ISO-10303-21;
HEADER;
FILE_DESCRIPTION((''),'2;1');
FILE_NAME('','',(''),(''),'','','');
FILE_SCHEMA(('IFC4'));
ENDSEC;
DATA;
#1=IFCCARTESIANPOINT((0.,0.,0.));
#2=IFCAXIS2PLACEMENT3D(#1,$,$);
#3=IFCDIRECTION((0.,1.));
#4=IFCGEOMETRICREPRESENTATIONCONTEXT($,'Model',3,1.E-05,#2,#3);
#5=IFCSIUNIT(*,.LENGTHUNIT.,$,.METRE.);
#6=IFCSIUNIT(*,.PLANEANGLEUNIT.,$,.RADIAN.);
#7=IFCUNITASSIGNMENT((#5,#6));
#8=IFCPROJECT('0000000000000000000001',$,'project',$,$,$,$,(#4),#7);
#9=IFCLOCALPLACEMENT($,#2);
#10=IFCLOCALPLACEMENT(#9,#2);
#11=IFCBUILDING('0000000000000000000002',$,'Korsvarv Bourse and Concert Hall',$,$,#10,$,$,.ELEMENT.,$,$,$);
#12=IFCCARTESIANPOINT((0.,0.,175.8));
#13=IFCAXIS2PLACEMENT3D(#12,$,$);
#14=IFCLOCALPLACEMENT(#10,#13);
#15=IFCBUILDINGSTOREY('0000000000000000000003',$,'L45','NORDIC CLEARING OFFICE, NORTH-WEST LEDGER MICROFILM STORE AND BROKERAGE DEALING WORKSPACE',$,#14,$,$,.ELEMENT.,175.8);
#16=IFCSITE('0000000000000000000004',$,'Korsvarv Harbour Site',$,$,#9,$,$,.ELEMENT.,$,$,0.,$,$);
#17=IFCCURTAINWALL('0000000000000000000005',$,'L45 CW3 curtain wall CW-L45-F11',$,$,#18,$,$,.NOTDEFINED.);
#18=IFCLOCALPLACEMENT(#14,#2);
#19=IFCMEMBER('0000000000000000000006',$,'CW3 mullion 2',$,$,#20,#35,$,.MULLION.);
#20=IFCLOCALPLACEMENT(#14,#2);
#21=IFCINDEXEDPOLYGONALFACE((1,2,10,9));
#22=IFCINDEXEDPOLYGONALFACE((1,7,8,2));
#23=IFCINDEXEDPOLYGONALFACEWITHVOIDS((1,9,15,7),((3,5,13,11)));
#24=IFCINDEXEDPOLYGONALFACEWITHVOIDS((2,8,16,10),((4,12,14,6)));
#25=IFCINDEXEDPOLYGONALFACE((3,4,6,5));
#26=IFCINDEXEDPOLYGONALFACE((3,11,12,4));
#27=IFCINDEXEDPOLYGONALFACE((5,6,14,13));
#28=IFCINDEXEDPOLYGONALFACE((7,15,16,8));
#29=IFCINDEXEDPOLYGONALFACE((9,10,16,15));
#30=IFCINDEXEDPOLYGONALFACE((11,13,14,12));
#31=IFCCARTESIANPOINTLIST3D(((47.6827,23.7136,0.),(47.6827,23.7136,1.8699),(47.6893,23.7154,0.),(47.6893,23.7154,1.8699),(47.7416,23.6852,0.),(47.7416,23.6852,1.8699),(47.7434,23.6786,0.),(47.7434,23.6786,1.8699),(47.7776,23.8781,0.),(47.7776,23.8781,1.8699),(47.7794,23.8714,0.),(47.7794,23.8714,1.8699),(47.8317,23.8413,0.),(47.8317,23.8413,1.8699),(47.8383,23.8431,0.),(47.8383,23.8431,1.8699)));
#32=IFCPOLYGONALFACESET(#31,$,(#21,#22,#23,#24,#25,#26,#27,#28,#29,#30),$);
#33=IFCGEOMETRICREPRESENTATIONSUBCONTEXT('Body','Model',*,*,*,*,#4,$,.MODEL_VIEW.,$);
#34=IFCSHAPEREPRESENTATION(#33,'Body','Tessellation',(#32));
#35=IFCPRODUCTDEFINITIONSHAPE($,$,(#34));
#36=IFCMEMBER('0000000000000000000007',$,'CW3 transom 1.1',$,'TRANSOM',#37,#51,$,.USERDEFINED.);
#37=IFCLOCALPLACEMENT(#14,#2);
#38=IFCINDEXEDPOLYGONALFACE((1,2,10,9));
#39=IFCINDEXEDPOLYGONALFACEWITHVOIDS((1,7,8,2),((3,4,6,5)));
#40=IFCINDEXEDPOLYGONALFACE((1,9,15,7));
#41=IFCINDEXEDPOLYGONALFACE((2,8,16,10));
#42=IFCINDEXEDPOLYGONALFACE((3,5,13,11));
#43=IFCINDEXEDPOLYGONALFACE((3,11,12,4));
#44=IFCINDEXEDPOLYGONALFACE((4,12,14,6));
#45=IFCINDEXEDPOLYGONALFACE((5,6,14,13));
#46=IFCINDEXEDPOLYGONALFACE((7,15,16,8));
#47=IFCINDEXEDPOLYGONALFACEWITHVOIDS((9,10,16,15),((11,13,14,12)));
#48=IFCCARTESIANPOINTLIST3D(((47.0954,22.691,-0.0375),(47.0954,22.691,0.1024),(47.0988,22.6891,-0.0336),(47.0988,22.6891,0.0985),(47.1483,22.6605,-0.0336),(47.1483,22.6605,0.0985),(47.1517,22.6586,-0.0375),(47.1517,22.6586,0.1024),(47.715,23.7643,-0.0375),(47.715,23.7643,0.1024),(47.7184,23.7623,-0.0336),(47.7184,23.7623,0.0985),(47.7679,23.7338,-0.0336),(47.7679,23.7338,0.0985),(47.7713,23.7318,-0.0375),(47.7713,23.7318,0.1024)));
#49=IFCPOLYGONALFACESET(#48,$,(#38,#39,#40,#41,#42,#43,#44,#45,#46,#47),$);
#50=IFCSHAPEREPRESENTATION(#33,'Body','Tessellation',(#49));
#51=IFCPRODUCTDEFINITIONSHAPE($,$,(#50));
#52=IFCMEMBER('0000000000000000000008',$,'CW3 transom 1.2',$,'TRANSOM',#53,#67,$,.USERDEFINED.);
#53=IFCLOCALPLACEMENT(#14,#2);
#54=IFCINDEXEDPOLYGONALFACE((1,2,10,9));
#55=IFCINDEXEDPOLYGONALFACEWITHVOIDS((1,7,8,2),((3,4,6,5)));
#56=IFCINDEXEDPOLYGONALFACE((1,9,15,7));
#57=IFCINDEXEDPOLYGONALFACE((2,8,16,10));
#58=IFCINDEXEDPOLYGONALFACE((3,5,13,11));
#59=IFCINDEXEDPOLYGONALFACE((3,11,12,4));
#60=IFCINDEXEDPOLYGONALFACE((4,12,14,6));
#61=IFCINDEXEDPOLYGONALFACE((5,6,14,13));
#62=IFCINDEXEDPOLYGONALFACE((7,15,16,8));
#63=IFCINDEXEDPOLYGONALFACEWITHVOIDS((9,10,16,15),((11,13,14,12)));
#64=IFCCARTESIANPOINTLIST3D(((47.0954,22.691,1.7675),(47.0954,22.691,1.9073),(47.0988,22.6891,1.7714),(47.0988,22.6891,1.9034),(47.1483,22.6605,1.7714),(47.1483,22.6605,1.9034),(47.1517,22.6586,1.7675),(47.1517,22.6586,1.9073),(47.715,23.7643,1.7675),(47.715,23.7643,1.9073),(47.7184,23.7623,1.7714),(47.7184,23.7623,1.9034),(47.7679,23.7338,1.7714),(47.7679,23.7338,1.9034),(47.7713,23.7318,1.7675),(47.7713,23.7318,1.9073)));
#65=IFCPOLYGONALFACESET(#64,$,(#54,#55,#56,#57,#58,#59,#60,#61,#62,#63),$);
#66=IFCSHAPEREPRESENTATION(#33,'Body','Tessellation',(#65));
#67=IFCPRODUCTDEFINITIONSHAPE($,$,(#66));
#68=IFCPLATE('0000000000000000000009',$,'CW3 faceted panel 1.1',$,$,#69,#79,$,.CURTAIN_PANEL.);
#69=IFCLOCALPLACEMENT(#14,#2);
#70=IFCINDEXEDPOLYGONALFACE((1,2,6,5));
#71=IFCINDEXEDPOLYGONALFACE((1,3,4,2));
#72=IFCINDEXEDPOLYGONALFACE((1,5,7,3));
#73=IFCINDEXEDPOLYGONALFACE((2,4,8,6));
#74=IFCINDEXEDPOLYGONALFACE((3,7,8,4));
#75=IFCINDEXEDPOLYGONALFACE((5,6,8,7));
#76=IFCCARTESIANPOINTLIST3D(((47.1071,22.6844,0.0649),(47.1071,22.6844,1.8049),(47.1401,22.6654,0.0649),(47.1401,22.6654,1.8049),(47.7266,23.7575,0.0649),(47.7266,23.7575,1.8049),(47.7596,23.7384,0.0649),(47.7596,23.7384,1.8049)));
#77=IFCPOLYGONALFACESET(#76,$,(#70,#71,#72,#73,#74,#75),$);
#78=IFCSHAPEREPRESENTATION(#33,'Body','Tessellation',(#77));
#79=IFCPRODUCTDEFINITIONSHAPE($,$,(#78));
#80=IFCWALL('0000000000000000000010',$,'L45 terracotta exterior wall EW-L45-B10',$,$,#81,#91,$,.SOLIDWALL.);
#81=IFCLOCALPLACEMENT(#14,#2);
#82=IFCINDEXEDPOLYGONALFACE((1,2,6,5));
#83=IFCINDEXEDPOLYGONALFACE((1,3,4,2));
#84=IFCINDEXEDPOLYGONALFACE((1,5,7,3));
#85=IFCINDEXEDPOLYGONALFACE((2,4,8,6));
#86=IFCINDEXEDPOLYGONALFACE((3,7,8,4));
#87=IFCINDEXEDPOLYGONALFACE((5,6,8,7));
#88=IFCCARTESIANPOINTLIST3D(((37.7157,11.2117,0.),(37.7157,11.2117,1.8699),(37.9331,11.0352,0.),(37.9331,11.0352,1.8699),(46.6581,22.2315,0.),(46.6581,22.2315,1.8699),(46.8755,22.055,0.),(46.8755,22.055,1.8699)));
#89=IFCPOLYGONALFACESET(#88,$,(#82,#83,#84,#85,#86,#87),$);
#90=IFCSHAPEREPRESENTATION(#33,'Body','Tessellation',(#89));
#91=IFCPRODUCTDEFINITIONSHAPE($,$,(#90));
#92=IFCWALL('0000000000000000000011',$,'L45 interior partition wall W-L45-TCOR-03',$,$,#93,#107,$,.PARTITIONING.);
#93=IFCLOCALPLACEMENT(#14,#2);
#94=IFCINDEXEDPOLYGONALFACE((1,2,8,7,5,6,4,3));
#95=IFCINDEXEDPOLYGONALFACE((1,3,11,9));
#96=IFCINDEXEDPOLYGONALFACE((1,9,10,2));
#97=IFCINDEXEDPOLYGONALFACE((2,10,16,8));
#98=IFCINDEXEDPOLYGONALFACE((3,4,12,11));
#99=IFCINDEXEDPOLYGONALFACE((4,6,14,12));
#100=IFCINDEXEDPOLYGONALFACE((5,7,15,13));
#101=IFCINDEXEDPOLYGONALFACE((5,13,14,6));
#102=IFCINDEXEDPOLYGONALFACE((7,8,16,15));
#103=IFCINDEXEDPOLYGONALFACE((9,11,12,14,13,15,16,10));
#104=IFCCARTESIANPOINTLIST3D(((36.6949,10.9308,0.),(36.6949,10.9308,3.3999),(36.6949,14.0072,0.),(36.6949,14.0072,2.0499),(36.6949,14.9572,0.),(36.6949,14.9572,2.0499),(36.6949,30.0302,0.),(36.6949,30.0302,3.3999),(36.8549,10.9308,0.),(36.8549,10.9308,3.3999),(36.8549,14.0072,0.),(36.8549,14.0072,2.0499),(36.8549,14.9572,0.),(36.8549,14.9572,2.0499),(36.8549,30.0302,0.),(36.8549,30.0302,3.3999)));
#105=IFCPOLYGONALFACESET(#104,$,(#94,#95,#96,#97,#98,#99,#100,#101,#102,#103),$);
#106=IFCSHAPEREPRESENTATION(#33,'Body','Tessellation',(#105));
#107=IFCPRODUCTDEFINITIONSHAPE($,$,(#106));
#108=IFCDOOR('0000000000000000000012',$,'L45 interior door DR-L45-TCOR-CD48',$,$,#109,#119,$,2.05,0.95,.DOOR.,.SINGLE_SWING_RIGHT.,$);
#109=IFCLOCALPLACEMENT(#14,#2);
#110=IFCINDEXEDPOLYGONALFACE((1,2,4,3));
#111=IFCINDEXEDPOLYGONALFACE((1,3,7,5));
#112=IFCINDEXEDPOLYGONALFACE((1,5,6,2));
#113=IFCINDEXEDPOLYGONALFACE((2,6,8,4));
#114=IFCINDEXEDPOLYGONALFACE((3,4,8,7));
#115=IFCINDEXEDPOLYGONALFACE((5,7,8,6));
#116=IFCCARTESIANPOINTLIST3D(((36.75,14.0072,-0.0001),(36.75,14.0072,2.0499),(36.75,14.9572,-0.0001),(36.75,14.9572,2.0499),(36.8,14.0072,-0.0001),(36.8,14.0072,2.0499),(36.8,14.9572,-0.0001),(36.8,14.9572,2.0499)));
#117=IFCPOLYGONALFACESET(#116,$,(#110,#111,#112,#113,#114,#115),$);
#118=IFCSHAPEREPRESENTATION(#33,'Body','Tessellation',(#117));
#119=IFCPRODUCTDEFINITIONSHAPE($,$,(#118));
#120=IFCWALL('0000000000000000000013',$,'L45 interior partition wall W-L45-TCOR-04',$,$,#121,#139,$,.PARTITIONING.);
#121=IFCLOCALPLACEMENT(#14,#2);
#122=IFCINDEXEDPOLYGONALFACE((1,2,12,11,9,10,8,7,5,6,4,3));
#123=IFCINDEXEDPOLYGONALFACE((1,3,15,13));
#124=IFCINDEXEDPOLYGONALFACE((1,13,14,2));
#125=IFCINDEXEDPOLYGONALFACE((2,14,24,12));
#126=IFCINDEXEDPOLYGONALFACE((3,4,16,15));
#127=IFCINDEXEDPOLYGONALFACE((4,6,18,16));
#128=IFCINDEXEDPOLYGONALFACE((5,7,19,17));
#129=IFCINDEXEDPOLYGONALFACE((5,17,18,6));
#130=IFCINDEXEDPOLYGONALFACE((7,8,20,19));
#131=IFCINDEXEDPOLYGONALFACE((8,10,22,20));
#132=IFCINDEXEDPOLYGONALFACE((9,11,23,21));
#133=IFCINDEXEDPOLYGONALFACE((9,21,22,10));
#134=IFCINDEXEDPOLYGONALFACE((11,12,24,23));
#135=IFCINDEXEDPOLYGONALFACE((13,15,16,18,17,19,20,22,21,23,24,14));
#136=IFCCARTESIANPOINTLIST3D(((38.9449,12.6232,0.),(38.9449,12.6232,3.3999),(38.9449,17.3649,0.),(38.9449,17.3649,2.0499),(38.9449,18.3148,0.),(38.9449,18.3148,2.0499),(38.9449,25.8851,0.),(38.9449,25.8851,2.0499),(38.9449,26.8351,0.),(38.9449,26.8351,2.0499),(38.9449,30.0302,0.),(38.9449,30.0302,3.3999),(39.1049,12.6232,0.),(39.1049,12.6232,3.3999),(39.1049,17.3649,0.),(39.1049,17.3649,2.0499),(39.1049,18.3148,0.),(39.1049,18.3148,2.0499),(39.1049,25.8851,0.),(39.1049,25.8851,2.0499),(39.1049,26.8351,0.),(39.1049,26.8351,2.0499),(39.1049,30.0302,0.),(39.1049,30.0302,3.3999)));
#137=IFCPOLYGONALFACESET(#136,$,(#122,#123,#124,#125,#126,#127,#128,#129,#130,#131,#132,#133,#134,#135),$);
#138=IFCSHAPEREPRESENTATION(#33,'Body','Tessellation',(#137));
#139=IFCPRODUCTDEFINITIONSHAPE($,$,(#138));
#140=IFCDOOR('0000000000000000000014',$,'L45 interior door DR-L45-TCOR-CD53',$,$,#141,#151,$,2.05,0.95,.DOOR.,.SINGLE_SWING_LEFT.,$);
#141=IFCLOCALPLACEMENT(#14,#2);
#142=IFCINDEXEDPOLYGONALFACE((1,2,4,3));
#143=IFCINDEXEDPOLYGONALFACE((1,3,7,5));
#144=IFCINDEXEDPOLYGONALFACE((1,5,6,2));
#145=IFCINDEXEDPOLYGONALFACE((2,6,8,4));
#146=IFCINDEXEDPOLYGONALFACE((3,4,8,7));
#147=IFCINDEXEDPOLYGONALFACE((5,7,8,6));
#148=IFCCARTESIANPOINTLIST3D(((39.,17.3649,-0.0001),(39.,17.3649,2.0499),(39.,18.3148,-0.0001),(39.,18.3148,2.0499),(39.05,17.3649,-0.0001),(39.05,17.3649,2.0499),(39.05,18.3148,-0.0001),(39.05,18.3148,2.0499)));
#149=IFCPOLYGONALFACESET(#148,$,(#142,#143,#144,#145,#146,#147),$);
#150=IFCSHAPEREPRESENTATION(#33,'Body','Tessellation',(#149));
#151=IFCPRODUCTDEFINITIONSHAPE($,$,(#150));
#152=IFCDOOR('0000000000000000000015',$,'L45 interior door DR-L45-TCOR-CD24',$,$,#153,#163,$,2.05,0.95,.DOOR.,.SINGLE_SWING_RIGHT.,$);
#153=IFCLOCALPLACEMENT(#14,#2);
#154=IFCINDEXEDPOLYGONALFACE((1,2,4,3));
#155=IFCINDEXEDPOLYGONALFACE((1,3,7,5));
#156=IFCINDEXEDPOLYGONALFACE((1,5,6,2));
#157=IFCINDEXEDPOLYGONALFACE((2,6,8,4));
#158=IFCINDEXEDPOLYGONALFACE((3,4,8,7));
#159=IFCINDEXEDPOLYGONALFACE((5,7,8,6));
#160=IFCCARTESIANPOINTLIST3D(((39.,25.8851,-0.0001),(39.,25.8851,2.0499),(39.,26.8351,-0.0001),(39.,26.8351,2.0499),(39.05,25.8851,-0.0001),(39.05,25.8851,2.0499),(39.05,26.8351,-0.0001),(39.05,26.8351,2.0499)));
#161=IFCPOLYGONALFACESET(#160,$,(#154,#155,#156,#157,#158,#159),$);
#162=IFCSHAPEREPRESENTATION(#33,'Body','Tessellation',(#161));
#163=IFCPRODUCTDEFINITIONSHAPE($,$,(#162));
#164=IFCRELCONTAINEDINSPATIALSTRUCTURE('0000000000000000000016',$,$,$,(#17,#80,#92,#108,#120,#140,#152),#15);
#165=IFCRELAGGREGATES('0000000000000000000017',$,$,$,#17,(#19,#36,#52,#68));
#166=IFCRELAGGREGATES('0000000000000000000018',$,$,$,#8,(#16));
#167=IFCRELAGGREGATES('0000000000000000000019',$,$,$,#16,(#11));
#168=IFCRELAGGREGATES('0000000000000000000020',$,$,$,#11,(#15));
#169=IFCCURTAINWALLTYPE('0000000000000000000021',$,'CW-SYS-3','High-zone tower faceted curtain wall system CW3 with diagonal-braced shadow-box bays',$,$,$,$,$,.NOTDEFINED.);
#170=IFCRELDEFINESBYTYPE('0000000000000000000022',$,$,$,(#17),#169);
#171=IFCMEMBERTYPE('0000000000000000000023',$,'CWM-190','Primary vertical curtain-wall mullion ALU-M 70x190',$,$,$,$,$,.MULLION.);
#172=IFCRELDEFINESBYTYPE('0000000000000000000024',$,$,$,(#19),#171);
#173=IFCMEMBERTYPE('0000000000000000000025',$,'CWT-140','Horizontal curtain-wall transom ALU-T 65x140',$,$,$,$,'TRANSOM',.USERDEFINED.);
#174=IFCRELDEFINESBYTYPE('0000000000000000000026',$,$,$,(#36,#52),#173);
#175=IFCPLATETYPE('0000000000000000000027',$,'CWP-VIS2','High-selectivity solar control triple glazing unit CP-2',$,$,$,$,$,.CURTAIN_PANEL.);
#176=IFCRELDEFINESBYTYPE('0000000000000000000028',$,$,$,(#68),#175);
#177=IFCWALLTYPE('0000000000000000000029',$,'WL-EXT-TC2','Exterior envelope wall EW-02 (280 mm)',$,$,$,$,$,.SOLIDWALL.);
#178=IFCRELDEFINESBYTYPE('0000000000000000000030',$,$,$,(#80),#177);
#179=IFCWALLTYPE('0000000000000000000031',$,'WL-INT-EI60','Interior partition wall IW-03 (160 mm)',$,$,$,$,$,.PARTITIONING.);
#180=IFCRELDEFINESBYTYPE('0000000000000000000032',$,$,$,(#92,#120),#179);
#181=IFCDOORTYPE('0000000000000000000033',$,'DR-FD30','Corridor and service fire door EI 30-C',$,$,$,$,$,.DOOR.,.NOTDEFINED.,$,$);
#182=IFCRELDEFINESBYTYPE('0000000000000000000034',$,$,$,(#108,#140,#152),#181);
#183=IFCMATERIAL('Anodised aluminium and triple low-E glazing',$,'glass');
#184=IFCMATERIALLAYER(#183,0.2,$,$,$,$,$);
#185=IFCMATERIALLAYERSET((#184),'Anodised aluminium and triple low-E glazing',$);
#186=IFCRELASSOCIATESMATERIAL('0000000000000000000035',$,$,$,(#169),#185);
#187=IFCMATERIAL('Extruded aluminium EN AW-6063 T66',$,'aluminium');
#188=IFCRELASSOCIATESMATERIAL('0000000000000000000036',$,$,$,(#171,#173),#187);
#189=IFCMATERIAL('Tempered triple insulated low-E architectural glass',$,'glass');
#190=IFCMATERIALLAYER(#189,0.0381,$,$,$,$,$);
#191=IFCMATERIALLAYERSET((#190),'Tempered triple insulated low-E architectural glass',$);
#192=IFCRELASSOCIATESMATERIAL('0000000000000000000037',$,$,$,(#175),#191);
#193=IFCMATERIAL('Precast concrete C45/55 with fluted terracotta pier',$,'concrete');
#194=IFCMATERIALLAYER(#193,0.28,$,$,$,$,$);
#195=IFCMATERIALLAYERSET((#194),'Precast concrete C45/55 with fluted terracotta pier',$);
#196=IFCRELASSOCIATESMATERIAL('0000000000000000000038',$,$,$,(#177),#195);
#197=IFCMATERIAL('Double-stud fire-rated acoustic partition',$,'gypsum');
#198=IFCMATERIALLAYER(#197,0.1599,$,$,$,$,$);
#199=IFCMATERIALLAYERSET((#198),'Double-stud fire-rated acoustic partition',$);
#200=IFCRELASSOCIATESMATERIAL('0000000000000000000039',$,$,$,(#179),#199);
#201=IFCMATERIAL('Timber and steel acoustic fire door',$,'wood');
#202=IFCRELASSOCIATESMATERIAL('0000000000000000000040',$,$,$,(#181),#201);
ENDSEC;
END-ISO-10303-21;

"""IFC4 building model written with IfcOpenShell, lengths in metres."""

from ifc_helpers import new_model, si_unit, direction, frame, frame_2d, origin, origin_2d, place, context, subcontext, project, spatial, rectangle, hollow_rectangle, extrude, source, transform, mapped, material, layer, layer_set, material_profile, profile_set, type_object, element, fill, aggregate, save


model = new_model("IFC4")

# Units and contexts
model_context = context("Model", 3, precision=1e-05, world=origin(), true_north=direction((0.0, 1.0)))
body_context = subcontext(model_context, "Body", "Model", "MODEL_VIEW")
ifc_project = project(units=[si_unit("LENGTHUNIT", "METRE"), si_unit("PLANEANGLEUNIT", "RADIAN")], contexts=[model_context])

# Site, building, storey
site_placement = place(None, origin())
site = spatial("IfcSite", under=ifc_project, at=site_placement, Name="Korsvarv Harbour Site", CompositionType="ELEMENT", RefElevation=0.0)
building_placement = place(site_placement, origin())
building = spatial("IfcBuilding", under=site, at=building_placement, Name="Korsvarv Bourse and Concert Hall", CompositionType="ELEMENT")
storey_placement = place(building_placement, frame((0.0, 0.0, 175.8)))
storey = spatial("IfcBuildingStorey", under=building, at=storey_placement, Name="L45", Description="NORDIC CLEARING OFFICE, NORTH-WEST LEDGER MICROFILM STORE AND BROKERAGE DEALING WORKSPACE", CompositionType="ELEMENT", Elevation=175.8)

# Curtain wall, members, plate
ifc_material_1 = material(Name="Anodised aluminium and triple low-E glazing", Category="glass")
ifc_layer_1 = layer(ifc_material_1, 0.2)
ifc_layer_set_1 = layer_set([ifc_layer_1], Name="Anodised aluminium and triple low-E glazing")
curtain_wall_type = type_object("IfcCurtainWallType", Name="CW-SYS-3", Description="High-zone tower faceted curtain wall system CW3 with diagonal-braced shadow-box bays", PredefinedType="NOTDEFINED", material=ifc_layer_set_1)
curtain_wall_placement = place(storey_placement, origin())
curtain_wall = element("IfcCurtainWall", 1, at=curtain_wall_placement, inside=storey, type_object=curtain_wall_type, Name="L45 CW3 curtain wall CW-L45-F11", PredefinedType="NOTDEFINED")
ifc_material_2 = material(Name="Extruded aluminium EN AW-6063 T66", Category="aluminium")
ifc_material_profile_1 = material_profile(ifc_material_2, hollow_rectangle(XDim=0.0701, YDim=0.1899, WallThickness=0.0049, at=origin_2d()), Name="ALU-M 70x190")
ifc_profile_set_1 = profile_set([ifc_material_profile_1], Name="Extruded aluminium EN AW-6063 T66")
member_type_1 = type_object("IfcMemberType", Name="CWM-190", Description="Primary vertical curtain-wall mullion ALU-M 70x190", PredefinedType="MULLION", material=ifc_profile_set_1)
shared_shape_1 = source(origin(), body_context, "Body", "SweptSolid", [
    extrude(hollow_rectangle(XDim=0.0701, YDim=0.1899, WallThickness=0.0049, at=origin_2d()), origin(), (0.0, 0.0, 1.0), 1.8699),
])
member_1_placement = place(storey_placement, frame((47.7605, 23.7783, 0.0), z_axis=(0.0, 0.0, 1.0), x_axis=(-0.866029, 0.499994, 0.0)))
member_1 = element("IfcMember", 2, at=member_1_placement, type_object=member_type_1, Name="CW3 mullion 2", PredefinedType="MULLION", context=body_context, shape_type="MappedRepresentation", body=[
    mapped(shared_shape_1, transform((0.0, 0.0, 0.0), scale=1.0)),
])
ifc_material_profile_2 = material_profile(ifc_material_2, hollow_rectangle(XDim=0.0649, YDim=0.1399, WallThickness=0.0039, at=origin_2d()), Name="ALU-T 65x140")
ifc_profile_set_2 = profile_set([ifc_material_profile_2], Name="Extruded aluminium EN AW-6063 T66")
member_type_2 = type_object("IfcMemberType", Name="CWT-140", Description="Horizontal curtain-wall transom ALU-T 65x140", ElementType="TRANSOM", PredefinedType="USERDEFINED", material=ifc_profile_set_2)
shared_shape_2 = source(origin(), body_context, "Body", "SweptSolid", [
    extrude(hollow_rectangle(XDim=0.0649, YDim=0.1399, WallThickness=0.0039, at=origin_2d()), origin(), (0.0, 0.0, 1.0), 1.2393),
])
member_2_placement = place(storey_placement, frame((47.1235, 22.6748, 0.0325), z_axis=(0.499995, 0.866028, 0.0), x_axis=(-0.866028, 0.499995, 0.0)))
member_2 = element("IfcMember", 3, at=member_2_placement, type_object=member_type_2, Name="CW3 transom 1.1", ObjectType="TRANSOM", PredefinedType="USERDEFINED", context=body_context, shape_type="MappedRepresentation", body=[
    mapped(shared_shape_2, transform((0.0, 0.0, 0.0), scale=1.0)),
])
member_3_placement = place(storey_placement, frame((47.1235, 22.6748, 1.8374), z_axis=(0.499995, 0.866028, 0.0), x_axis=(-0.866028, 0.499995, 0.0)))
member_3 = element("IfcMember", 4, at=member_3_placement, type_object=member_type_2, Name="CW3 transom 1.2", ObjectType="TRANSOM", PredefinedType="USERDEFINED", context=body_context, shape_type="MappedRepresentation", body=[
    mapped(shared_shape_2, transform((0.0, 0.0, 0.0), scale=1.0)),
])
ifc_material_3 = material(Name="Tempered triple insulated low-E architectural glass", Category="glass")
ifc_layer_2 = layer(ifc_material_3, 0.0381)
ifc_layer_set_2 = layer_set([ifc_layer_2], Name="Tempered triple insulated low-E architectural glass")
plate_type = type_object("IfcPlateType", Name="CWP-VIS2", Description="High-selectivity solar control triple glazing unit CP-2", PredefinedType="CURTAIN_PANEL", material=ifc_layer_set_2)
shared_shape_3 = source(origin(), body_context, "Body", "SweptSolid", [
    extrude(rectangle(XDim=1.239, YDim=0.0381, at=origin_2d()), origin(), (0.0, 0.0, 1.0), 1.74),
])
plate_placement = place(storey_placement, frame((47.4333, 23.2114, 0.0649), z_axis=(0.0, 0.0, 1.0), x_axis=(0.499994, 0.866029, 0.0)))
plate = element("IfcPlate", 5, at=plate_placement, type_object=plate_type, Name="CW3 faceted panel 1.1", PredefinedType="CURTAIN_PANEL", context=body_context, shape_type="MappedRepresentation", body=[
    mapped(shared_shape_3, transform((0.0, 0.0, 0.0), scale=1.0)),
])
aggregate(curtain_wall, [member_1, member_2, member_3, plate])

# Wall
ifc_material_4 = material(Name="Precast concrete C45/55 with fluted terracotta pier", Category="concrete")
ifc_layer_3 = layer(ifc_material_4, 0.28)
ifc_layer_set_3 = layer_set([ifc_layer_3], Name="Precast concrete C45/55 with fluted terracotta pier")
wall_type_1 = type_object("IfcWallType", Name="WL-EXT-TC2", Description="Exterior envelope wall EW-02 (280 mm)", PredefinedType="SOLIDWALL", material=ifc_layer_set_3)
wall_1_placement = place(storey_placement, frame((37.8245, 11.1235, 0.0), z_axis=(0.0, 0.0, 1.0), x_axis=(0.630118, 0.7765, 0.0)))
element("IfcWall", 6, at=wall_1_placement, inside=storey, type_object=wall_type_1, Name="L45 terracotta exterior wall EW-L45-B10", PredefinedType="SOLIDWALL", context=body_context, shape_type="SweptSolid", body=[
    extrude(rectangle(XDim=14.1917, YDim=0.28, at=frame_2d((7.0957, 0.0))), origin(), (0.0, 0.0, 1.0), 1.8699),
])

# Wall, opening, door
ifc_material_5 = material(Name="Double-stud fire-rated acoustic partition", Category="gypsum")
ifc_layer_4 = layer(ifc_material_5, 0.1599)
ifc_layer_set_4 = layer_set([ifc_layer_4], Name="Double-stud fire-rated acoustic partition")
wall_type_2 = type_object("IfcWallType", Name="WL-INT-EI60", Description="Interior partition wall IW-03 (160 mm)", PredefinedType="PARTITIONING", material=ifc_layer_set_4)
wall_2_placement = place(storey_placement, frame((36.7749, 10.9307, 0.0), z_axis=(0.0, 0.0, 1.0), x_axis=(0.0, 1.0, 0.0)))
wall_2 = element("IfcWall", 7, at=wall_2_placement, inside=storey, type_object=wall_type_2, Name="L45 interior partition wall W-L45-TCOR-03", PredefinedType="PARTITIONING", context=body_context, shape_type="SweptSolid", body=[
    extrude(rectangle(XDim=19.0994, YDim=0.1599, at=frame_2d((9.5498, 0.0))), origin(), (0.0, 0.0, 1.0), 3.3999),
])
opening_1_placement = place(wall_2_placement, frame((3.0764, 0.0, 0.0)))
opening_1 = element("IfcOpeningElement", 8, at=opening_1_placement, cuts=wall_2, PredefinedType="OPENING", context=body_context, shape_type="SweptSolid", body=[
    extrude(rectangle(XDim=0.95, YDim=2.05, at=frame_2d((0.4751, 1.0249))), frame((0.0, 0.0898, 0.0), z_axis=(0.0, -1.0, 0.0), x_axis=(1.0, 0.0, 0.0)), (0.0, 0.0, 1.0), 0.1799),
])
ifc_material_6 = material(Name="Timber and steel acoustic fire door", Category="wood")
door_type_1 = type_object("IfcDoorType", Name="DR-FD30", Description="Corridor and service fire door EI 30-C", OperationType="NOTDEFINED", PredefinedType="DOOR", material=ifc_material_6)
door_1_placement = place(opening_1_placement, origin())
door_1 = element("IfcDoor", 9, at=door_1_placement, inside=storey, type_object=door_type_1, Name="L45 interior door DR-L45-TCOR-CD48", OperationType="SINGLE_SWING_RIGHT", OverallHeight=2.05, OverallWidth=0.95, PredefinedType="DOOR", context=body_context, shape_type="SweptSolid", body=[
    extrude(rectangle(XDim=0.95, YDim=2.05, at=frame_2d((0.4751, 1.0249))), frame((0.0, 0.0249, 0.0), z_axis=(0.0, -1.0, 0.0), x_axis=(1.0, 0.0, 0.0)), (0.0, 0.0, 1.0), 0.05),
])
fill(opening_1, door_1)

# Wall, openings, doors
wall_3_placement = place(storey_placement, frame((39.0249, 12.623, 0.0), z_axis=(0.0, 0.0, 1.0), x_axis=(0.0, 1.0, 0.0)))
wall_3 = element("IfcWall", 10, at=wall_3_placement, inside=storey, type_object=wall_type_2, Name="L45 interior partition wall W-L45-TCOR-04", PredefinedType="PARTITIONING", context=body_context, shape_type="SweptSolid", body=[
    extrude(rectangle(XDim=17.407, YDim=0.1599, at=frame_2d((8.7036, 0.0))), origin(), (0.0, 0.0, 1.0), 3.3999),
])
opening_2_placement = place(wall_3_placement, frame((4.7417, 0.0, 0.0)))
opening_2 = element("IfcOpeningElement", 11, at=opening_2_placement, cuts=wall_3, PredefinedType="OPENING", context=body_context, shape_type="SweptSolid", body=[
    extrude(rectangle(XDim=0.95, YDim=2.05, at=frame_2d((0.4751, 1.0249))), frame((0.0, 0.0898, 0.0), z_axis=(0.0, -1.0, 0.0), x_axis=(1.0, 0.0, 0.0)), (0.0, 0.0, 1.0), 0.1799),
])
opening_3_placement = place(wall_3_placement, frame((13.262, 0.0, 0.0)))
opening_3 = element("IfcOpeningElement", 12, at=opening_3_placement, cuts=wall_3, PredefinedType="OPENING", context=body_context, shape_type="SweptSolid", body=[
    extrude(rectangle(XDim=0.95, YDim=2.05, at=frame_2d((0.4751, 1.0249))), frame((0.0, 0.0898, 0.0), z_axis=(0.0, -1.0, 0.0), x_axis=(1.0, 0.0, 0.0)), (0.0, 0.0, 1.0), 0.1799),
])
door_2_placement = place(opening_2_placement, origin())
door_2 = element("IfcDoor", 13, at=door_2_placement, inside=storey, type_object=door_type_1, Name="L45 interior door DR-L45-TCOR-CD53", OperationType="SINGLE_SWING_LEFT", OverallHeight=2.05, OverallWidth=0.95, PredefinedType="DOOR", context=body_context, shape_type="SweptSolid", body=[
    extrude(rectangle(XDim=0.95, YDim=2.05, at=frame_2d((0.4751, 1.0249))), frame((0.0, 0.0249, 0.0), z_axis=(0.0, -1.0, 0.0), x_axis=(1.0, 0.0, 0.0)), (0.0, 0.0, 1.0), 0.05),
])
fill(opening_2, door_2)
door_3_placement = place(opening_3_placement, origin())
door_3 = element("IfcDoor", 14, at=door_3_placement, inside=storey, type_object=door_type_1, Name="L45 interior door DR-L45-TCOR-CD24", OperationType="SINGLE_SWING_RIGHT", OverallHeight=2.05, OverallWidth=0.95, PredefinedType="DOOR", context=body_context, shape_type="SweptSolid", body=[
    extrude(rectangle(XDim=0.95, YDim=2.05, at=frame_2d((0.4751, 1.0249))), frame((0.0, 0.0249, 0.0), z_axis=(0.0, -1.0, 0.0), x_axis=(1.0, 0.0, 0.0)), (0.0, 0.0, 1.0), 0.05),
])
fill(opening_3, door_3)

save(model, "model.ifc")
